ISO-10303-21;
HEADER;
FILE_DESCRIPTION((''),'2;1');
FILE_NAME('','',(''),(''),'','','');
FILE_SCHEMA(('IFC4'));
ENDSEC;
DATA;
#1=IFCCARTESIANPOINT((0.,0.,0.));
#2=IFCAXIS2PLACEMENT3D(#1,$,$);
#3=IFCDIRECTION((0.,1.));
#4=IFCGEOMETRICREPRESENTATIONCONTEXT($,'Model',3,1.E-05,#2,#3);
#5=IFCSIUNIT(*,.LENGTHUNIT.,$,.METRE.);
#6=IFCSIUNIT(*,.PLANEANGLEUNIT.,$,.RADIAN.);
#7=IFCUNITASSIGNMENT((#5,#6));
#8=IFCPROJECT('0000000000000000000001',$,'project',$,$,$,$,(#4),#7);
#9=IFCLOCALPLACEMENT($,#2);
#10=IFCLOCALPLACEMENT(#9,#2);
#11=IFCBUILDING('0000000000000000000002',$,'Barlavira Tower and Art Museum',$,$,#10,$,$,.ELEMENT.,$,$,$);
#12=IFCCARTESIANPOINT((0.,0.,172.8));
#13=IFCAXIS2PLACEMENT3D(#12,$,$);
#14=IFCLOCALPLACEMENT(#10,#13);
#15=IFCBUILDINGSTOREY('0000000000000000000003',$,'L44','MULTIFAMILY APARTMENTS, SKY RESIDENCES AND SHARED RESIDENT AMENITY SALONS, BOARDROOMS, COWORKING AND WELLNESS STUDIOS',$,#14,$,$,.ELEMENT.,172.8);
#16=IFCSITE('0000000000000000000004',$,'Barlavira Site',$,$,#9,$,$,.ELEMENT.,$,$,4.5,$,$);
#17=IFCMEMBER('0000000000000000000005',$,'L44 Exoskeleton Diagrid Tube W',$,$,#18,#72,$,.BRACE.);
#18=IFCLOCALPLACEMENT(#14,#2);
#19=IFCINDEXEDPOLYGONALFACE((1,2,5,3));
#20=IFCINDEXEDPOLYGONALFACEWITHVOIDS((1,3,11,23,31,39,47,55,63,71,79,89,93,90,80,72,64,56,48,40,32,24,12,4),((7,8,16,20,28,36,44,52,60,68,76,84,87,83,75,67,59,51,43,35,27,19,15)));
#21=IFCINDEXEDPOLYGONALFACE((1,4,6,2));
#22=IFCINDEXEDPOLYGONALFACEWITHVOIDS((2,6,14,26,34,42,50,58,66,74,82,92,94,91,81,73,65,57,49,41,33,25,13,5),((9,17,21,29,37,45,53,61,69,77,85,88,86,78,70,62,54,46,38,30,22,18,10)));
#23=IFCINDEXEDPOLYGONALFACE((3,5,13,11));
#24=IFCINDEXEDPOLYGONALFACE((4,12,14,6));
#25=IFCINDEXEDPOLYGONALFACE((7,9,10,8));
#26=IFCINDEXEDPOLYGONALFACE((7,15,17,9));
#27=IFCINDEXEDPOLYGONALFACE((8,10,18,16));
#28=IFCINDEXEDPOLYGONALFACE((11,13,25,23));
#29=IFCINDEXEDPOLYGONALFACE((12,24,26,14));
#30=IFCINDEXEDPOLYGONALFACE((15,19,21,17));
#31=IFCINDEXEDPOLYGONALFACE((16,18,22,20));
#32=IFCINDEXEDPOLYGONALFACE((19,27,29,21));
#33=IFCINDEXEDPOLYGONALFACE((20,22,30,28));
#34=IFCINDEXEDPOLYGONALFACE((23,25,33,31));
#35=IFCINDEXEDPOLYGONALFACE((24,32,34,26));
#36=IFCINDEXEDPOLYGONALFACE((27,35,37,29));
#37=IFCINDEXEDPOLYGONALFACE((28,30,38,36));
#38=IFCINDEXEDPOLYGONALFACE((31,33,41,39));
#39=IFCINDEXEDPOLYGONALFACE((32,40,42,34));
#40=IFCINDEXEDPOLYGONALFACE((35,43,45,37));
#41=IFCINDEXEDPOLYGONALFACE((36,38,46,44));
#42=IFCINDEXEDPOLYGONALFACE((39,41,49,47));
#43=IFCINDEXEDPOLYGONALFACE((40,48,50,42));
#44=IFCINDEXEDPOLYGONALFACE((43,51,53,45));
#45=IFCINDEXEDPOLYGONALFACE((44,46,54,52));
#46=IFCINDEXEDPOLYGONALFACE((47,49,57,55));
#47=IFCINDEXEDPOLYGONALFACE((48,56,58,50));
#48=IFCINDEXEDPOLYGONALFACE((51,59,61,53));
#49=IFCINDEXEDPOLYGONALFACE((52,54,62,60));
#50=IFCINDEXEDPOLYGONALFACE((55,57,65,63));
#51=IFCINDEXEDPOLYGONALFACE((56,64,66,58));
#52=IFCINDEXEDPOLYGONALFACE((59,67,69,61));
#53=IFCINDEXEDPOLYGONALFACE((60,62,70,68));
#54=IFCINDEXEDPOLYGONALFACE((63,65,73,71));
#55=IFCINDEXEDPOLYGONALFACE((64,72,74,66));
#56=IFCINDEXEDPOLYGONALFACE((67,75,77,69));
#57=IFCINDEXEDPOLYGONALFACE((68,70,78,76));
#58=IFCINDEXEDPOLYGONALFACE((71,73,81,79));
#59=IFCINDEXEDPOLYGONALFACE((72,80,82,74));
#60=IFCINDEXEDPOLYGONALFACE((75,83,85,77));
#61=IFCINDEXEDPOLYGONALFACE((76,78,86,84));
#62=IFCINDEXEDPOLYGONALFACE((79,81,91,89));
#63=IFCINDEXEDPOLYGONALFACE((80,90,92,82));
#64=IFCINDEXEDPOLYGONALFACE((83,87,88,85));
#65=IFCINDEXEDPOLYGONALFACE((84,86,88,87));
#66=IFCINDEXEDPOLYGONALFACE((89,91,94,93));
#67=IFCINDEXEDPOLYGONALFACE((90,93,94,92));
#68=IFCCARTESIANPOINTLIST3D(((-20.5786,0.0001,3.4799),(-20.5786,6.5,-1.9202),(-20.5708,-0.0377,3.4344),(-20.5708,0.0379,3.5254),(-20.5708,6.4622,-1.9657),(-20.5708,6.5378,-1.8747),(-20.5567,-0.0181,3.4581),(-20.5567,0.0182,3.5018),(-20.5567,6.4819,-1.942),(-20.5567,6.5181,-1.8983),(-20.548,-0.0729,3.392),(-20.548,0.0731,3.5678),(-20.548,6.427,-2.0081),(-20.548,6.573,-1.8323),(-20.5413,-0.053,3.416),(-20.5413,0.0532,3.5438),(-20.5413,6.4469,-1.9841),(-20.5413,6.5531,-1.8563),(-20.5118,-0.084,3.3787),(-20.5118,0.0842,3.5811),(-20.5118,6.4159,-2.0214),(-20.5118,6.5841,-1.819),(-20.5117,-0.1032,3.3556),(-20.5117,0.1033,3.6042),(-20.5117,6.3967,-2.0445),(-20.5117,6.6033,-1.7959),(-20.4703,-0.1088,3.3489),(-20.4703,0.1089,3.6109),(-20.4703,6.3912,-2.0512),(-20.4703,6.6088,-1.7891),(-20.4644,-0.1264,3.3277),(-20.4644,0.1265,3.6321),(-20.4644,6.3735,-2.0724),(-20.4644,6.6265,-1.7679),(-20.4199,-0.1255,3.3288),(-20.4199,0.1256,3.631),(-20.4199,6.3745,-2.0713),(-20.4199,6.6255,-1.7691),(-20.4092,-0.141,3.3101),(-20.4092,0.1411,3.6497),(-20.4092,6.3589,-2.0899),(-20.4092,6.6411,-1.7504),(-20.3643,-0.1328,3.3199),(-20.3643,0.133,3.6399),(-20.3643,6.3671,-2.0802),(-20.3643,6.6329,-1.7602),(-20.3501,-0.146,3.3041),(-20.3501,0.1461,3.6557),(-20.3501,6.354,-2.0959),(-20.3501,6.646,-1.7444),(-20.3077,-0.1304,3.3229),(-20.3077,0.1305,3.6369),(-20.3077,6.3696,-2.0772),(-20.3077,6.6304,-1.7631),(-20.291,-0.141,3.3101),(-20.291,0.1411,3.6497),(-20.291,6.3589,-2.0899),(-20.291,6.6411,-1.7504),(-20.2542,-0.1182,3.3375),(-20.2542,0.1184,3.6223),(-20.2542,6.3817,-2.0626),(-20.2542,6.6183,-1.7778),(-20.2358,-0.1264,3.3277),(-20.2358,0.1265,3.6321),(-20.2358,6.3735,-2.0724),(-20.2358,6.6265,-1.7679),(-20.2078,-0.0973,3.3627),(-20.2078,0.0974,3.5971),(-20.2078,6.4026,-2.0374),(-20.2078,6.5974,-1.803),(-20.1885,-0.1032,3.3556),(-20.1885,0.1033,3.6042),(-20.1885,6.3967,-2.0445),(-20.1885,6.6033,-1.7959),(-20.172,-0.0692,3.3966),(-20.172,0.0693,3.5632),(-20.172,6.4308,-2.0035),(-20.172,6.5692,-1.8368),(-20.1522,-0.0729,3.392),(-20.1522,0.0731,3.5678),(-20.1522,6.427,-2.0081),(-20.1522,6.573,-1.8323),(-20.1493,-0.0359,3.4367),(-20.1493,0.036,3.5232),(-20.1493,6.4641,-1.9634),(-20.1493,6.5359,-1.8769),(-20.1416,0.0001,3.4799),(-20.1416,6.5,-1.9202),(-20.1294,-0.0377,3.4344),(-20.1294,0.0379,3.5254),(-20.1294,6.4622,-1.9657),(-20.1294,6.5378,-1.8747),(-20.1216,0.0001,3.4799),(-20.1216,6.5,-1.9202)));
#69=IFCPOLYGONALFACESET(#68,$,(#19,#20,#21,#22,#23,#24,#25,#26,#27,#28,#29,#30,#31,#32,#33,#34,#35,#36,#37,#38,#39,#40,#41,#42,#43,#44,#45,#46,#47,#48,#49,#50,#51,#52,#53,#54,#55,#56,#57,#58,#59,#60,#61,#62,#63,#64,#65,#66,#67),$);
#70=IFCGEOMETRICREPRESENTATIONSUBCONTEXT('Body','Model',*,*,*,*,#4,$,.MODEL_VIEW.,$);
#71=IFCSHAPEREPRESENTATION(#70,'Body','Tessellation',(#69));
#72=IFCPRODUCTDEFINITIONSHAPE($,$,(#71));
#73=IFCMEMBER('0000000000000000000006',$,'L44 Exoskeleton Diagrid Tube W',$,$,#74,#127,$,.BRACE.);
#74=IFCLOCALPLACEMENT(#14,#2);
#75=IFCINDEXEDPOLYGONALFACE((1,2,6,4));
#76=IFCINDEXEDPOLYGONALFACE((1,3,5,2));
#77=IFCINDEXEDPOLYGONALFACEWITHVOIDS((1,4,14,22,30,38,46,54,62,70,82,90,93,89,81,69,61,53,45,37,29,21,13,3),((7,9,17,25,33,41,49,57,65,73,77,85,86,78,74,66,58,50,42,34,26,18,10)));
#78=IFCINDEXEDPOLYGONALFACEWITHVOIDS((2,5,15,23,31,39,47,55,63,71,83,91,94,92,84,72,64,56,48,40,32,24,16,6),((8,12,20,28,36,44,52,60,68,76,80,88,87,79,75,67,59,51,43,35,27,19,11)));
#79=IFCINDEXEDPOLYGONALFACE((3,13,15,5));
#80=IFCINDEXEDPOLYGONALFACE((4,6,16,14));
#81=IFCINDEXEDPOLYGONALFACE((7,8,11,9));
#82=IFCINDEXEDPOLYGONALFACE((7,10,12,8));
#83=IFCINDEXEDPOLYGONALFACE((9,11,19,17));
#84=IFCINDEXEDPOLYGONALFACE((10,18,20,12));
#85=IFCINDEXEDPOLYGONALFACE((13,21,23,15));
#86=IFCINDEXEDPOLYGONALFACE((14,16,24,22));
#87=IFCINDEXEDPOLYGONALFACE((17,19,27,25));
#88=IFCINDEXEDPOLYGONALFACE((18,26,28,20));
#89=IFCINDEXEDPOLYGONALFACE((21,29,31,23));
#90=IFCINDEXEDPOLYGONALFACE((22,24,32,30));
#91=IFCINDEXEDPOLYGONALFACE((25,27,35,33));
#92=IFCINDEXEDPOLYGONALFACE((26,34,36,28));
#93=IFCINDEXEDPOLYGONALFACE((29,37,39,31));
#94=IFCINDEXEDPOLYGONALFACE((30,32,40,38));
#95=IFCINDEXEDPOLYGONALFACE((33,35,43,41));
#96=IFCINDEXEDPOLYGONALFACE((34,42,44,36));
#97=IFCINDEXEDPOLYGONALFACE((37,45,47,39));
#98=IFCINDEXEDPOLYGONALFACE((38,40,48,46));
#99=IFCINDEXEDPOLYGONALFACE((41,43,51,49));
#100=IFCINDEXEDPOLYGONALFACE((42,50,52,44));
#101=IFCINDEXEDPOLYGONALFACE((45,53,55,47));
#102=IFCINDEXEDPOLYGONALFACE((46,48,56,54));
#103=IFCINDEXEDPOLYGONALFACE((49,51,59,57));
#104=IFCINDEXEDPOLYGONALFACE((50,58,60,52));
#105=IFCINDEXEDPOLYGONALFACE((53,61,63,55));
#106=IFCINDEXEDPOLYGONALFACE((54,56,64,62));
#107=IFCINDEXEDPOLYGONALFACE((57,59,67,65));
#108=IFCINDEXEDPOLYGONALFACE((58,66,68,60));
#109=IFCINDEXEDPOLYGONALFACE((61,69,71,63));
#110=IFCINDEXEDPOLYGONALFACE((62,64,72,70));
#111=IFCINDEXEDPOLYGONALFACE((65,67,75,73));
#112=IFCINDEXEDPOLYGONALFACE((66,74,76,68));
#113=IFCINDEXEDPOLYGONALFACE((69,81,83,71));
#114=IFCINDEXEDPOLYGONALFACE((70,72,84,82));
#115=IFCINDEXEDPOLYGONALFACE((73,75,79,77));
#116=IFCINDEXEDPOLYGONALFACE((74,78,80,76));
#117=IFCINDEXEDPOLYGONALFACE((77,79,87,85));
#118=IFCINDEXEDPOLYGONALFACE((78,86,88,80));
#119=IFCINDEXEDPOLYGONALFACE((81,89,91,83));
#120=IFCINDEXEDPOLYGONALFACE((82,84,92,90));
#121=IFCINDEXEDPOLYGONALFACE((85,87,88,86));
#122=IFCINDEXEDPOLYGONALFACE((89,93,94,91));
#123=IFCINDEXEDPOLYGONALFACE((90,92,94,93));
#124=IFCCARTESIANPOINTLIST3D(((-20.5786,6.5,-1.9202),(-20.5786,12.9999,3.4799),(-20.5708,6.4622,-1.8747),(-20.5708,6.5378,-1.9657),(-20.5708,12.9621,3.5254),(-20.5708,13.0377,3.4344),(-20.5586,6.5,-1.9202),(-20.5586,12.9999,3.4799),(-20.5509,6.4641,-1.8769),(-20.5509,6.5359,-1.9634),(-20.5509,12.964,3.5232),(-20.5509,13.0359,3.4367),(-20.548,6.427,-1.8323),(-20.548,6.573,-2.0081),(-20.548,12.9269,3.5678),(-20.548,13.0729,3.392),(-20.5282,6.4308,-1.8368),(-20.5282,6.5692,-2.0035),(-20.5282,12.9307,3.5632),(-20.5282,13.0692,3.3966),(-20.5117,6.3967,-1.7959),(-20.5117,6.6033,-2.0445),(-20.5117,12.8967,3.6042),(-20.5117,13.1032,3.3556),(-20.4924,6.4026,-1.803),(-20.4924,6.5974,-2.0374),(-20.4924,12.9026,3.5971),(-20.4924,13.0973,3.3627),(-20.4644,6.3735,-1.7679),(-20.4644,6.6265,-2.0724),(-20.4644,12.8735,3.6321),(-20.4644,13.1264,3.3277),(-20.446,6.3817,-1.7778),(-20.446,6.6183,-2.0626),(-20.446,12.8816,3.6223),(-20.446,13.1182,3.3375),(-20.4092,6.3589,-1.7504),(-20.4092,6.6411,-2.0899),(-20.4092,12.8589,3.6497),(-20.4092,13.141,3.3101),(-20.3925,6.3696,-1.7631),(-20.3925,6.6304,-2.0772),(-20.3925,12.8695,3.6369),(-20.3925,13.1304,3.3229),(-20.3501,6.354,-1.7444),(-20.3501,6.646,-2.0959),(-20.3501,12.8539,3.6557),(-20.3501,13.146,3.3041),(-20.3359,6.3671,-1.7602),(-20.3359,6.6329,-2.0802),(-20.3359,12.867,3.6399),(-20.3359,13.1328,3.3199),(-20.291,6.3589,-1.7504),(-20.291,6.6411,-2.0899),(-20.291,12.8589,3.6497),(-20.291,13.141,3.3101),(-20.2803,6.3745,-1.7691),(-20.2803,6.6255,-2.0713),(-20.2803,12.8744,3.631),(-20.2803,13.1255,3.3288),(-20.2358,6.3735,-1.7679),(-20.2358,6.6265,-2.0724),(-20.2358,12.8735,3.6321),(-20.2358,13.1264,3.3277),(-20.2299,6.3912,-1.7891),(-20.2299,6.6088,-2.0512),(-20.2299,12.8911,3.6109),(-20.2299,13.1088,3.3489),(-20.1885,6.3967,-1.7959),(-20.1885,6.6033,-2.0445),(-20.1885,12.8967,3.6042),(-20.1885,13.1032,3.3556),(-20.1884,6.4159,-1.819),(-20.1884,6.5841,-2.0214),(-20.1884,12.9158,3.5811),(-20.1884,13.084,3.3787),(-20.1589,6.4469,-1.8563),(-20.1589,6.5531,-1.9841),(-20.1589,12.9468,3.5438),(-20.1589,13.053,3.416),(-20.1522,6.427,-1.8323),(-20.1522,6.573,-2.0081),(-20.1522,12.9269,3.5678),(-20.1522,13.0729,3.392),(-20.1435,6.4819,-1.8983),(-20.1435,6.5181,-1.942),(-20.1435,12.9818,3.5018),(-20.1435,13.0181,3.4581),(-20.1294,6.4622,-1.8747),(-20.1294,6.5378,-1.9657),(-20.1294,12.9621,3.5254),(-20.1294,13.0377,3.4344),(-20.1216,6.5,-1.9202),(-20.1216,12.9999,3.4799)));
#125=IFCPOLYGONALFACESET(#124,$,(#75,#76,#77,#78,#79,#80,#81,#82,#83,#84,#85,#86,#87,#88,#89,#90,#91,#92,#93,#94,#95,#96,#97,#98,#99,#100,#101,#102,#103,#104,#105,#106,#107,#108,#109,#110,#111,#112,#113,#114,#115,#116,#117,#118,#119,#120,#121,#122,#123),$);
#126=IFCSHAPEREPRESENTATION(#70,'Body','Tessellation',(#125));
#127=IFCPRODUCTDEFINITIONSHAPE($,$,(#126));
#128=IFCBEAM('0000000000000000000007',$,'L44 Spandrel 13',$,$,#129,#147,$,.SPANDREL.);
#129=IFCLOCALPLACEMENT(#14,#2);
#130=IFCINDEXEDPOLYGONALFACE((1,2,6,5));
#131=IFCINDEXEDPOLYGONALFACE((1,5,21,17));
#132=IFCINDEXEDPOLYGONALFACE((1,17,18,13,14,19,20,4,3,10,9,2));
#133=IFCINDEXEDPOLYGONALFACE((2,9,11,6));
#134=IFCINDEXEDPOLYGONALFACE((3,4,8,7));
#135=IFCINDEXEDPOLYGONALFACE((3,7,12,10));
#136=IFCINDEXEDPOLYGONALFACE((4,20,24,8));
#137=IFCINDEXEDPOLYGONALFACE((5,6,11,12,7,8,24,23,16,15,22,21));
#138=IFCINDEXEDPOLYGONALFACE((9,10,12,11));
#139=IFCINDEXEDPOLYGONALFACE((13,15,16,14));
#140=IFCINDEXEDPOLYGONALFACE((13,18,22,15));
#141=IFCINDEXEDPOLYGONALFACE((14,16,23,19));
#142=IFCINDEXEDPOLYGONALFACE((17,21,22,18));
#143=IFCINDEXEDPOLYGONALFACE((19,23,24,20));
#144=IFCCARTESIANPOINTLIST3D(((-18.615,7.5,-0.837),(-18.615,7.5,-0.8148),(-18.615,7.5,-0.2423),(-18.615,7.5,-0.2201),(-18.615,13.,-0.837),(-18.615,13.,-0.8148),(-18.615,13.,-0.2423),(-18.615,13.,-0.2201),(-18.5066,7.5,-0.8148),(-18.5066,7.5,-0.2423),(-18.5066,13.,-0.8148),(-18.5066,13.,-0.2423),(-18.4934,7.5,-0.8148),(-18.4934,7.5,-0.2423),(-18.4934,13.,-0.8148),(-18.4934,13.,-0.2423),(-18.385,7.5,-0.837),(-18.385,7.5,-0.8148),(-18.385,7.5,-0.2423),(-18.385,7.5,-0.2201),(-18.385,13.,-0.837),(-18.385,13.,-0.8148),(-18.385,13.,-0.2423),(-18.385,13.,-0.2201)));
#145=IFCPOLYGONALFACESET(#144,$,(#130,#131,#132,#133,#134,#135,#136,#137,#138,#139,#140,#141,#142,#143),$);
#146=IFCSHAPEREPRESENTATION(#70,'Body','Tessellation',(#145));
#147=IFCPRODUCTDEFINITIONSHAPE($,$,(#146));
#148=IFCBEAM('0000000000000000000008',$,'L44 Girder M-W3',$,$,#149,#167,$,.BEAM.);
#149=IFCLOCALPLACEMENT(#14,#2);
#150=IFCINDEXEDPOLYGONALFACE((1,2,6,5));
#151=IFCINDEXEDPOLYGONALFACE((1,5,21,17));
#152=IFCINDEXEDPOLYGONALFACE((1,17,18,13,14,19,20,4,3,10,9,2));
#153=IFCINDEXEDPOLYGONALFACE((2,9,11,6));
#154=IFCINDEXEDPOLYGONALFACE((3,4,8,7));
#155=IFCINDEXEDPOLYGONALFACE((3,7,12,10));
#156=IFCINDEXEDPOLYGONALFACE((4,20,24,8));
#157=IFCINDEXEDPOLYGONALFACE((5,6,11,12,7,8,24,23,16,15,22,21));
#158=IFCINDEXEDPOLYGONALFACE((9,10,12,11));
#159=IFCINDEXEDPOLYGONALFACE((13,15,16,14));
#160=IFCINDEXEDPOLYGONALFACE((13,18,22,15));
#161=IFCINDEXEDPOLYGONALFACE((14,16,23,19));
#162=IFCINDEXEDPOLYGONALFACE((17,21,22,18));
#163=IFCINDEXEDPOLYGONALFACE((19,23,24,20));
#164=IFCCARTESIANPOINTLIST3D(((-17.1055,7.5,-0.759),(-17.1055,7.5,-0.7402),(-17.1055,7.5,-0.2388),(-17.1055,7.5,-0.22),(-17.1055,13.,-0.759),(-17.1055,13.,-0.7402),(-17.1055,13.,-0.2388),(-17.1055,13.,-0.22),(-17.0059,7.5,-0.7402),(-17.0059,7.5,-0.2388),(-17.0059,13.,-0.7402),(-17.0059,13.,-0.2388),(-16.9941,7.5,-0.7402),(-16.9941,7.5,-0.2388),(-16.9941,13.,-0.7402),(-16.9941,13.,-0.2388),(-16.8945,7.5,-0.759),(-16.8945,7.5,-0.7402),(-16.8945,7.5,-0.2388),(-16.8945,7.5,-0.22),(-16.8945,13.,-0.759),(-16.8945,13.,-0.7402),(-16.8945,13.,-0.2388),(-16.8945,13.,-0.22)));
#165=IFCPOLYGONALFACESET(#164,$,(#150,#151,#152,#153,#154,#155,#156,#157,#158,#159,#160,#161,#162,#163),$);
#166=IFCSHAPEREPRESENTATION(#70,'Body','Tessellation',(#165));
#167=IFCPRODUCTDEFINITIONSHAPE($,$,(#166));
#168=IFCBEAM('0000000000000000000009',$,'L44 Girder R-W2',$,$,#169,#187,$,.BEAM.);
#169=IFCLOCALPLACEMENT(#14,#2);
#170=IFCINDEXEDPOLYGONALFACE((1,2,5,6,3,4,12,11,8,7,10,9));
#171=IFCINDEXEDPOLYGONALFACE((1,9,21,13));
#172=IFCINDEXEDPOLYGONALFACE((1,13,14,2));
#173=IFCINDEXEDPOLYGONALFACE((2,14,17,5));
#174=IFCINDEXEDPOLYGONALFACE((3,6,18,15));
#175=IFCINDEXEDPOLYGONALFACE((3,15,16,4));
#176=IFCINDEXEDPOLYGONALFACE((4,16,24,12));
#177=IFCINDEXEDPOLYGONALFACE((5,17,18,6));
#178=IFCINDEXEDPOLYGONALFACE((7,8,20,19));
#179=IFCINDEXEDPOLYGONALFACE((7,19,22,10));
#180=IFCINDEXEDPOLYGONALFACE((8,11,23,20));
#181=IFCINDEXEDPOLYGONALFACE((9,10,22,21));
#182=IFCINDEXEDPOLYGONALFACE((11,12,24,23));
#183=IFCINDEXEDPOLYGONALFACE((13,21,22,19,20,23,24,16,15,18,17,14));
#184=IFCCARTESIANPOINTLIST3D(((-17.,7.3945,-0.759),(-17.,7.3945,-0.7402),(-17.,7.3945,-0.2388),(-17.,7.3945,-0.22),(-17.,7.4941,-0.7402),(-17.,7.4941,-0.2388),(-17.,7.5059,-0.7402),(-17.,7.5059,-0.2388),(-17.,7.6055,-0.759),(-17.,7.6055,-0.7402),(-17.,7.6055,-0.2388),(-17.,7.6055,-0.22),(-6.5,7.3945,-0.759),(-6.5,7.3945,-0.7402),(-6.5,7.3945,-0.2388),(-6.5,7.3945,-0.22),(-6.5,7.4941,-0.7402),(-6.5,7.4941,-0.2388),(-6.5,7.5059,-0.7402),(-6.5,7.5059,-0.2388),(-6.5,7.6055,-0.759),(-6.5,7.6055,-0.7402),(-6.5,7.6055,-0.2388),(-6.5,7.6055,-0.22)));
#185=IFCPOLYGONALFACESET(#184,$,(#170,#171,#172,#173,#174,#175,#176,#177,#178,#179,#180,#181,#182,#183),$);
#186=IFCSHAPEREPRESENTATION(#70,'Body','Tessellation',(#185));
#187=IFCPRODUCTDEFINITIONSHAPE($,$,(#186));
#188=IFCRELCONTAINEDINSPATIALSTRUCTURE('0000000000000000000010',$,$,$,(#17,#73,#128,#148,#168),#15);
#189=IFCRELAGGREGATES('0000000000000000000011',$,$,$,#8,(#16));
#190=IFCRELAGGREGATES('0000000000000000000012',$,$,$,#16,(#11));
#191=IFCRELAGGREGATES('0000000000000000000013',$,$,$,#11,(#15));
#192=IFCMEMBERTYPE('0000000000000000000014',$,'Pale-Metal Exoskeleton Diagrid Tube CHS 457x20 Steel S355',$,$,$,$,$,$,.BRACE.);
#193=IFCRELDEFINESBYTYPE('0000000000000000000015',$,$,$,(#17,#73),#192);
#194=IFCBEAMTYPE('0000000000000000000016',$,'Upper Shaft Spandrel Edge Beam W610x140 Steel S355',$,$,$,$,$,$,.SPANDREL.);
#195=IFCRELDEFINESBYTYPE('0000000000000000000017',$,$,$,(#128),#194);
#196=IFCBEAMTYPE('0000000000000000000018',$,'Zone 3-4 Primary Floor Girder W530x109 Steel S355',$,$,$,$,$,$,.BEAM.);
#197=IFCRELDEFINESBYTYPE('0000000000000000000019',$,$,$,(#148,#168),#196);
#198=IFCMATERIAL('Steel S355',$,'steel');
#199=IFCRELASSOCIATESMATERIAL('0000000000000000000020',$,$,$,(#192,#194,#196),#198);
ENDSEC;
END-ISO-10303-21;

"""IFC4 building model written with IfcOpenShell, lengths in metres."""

from ifc_helpers import new_model, si_unit, direction, frame, origin, origin_2d, place, context, subcontext, project, spatial, hollow_circle, i_section, extrude, material, material_profile, profile_set, type_object, element, save


model = new_model("IFC4")

# Units and contexts
model_context = context("Model", 3, precision=1e-05, world=origin(), true_north=direction((0.0, 1.0)))
body_context = subcontext(model_context, "Body", "Model", "MODEL_VIEW")
ifc_project = project(units=[si_unit("LENGTHUNIT", "METRE"), si_unit("PLANEANGLEUNIT", "RADIAN")], contexts=[model_context])

# Site, building, storey
site_placement = place(None, origin())
site = spatial("IfcSite", under=ifc_project, at=site_placement, Name="Barlavira Site", CompositionType="ELEMENT", RefElevation=4.5)
building_placement = place(site_placement, origin())
building = spatial("IfcBuilding", under=site, at=building_placement, Name="Barlavira Tower and Art Museum", CompositionType="ELEMENT")
storey_placement = place(building_placement, frame((0.0, 0.0, 172.8)))
storey = spatial("IfcBuildingStorey", under=building, at=storey_placement, Name="L44", Description="MULTIFAMILY APARTMENTS, SKY RESIDENCES AND SHARED RESIDENT AMENITY SALONS, BOARDROOMS, COWORKING AND WELLNESS STUDIOS", CompositionType="ELEMENT", Elevation=172.8)

# Members
ifc_material_1 = material(Name="Steel S355", Category="steel")
ifc_material_profile_1 = material_profile(ifc_material_1, hollow_circle(Radius=0.2285, WallThickness=0.02, at=origin_2d()), Name="CHS 457.0x20.0")
ifc_profile_set_1 = profile_set([ifc_material_profile_1], Name="Steel S355")
member_type_1 = type_object("IfcMemberType", Name="Pale-Metal Exoskeleton Diagrid Tube CHS 457x20 Steel S355", PredefinedType="BRACE", material=ifc_profile_set_1)
for number, where, z_axis, x_axis, name in (
    (1, (-20.3501, 6.5, -1.9202), (0.0, -0.769182, 0.63903), (1.0, 0.0, 0.0), "L44 Exoskeleton Diagrid Tube W"),
    (2, (-20.3501, 6.5, -1.9202), (0.0, 0.769182, 0.63903), (-1.0, 0.0, 0.0), "L44 Exoskeleton Diagrid Tube W"),
):
    element("IfcMember", number, at=place(storey_placement, frame(where, z_axis=z_axis, x_axis=x_axis)), inside=storey, type_object=member_type_1, Name=name, PredefinedType="BRACE", context=body_context, shape_type="SweptSolid", body=[
        extrude(hollow_circle(Radius=0.2285, WallThickness=0.02, at=origin_2d()), origin(), (0.0, 0.0, 1.0), 8.4504),
    ])

# Beams
ifc_material_profile_2 = material_profile(ifc_material_1, i_section(OverallWidth=0.23, OverallDepth=0.6169, WebThickness=0.0132, FlangeThickness=0.0222, at=origin_2d()), Name="W610x140.0")
ifc_profile_set_2 = profile_set([ifc_material_profile_2], Name="Steel S355")
beam_type_1 = type_object("IfcBeamType", Name="Upper Shaft Spandrel Edge Beam W610x140 Steel S355", PredefinedType="SPANDREL", material=ifc_profile_set_2)
beam_1_placement = place(storey_placement, frame((-18.5, 7.5, -0.5286), z_axis=(0.0, 1.0, 0.0), x_axis=(-1.0, 0.0, 0.0)))
element("IfcBeam", 3, at=beam_1_placement, inside=storey, type_object=beam_type_1, Name="L44 Spandrel 13", PredefinedType="SPANDREL", context=body_context, shape_type="SweptSolid", body=[
    extrude(i_section(OverallWidth=0.23, OverallDepth=0.6169, WebThickness=0.0132, FlangeThickness=0.0222, at=origin_2d()), origin(), (0.0, 0.0, 1.0), 5.5),
])
ifc_material_profile_3 = material_profile(ifc_material_1, i_section(OverallWidth=0.2109, OverallDepth=0.5391, WebThickness=0.0117, FlangeThickness=0.0188, at=origin_2d()), Name="W530x109.0")
ifc_profile_set_3 = profile_set([ifc_material_profile_3], Name="Steel S355")
beam_type_2 = type_object("IfcBeamType", Name="Zone 3-4 Primary Floor Girder W530x109 Steel S355", PredefinedType="BEAM", material=ifc_profile_set_3)
beam_2_placement = place(storey_placement, frame((-17.0, 7.5, -0.4895), z_axis=(0.0, 1.0, 0.0), x_axis=(-1.0, 0.0, 0.0)))
element("IfcBeam", 4, at=beam_2_placement, inside=storey, type_object=beam_type_2, Name="L44 Girder M-W3", PredefinedType="BEAM", context=body_context, shape_type="SweptSolid", body=[
    extrude(i_section(OverallWidth=0.2109, OverallDepth=0.5391, WebThickness=0.0117, FlangeThickness=0.0188, at=origin_2d()), origin(), (0.0, 0.0, 1.0), 5.5),
])
beam_3_placement = place(storey_placement, frame((-17.0, 7.5, -0.4895), z_axis=(1.0, 0.0, 0.0), x_axis=(0.0, 1.0, 0.0)))
element("IfcBeam", 5, at=beam_3_placement, inside=storey, type_object=beam_type_2, Name="L44 Girder R-W2", PredefinedType="BEAM", context=body_context, shape_type="SweptSolid", body=[
    extrude(i_section(OverallWidth=0.2109, OverallDepth=0.5391, WebThickness=0.0117, FlangeThickness=0.0188, at=origin_2d()), origin(), (0.0, 0.0, 1.0), 10.5),
])

save(model, "model.ifc")
